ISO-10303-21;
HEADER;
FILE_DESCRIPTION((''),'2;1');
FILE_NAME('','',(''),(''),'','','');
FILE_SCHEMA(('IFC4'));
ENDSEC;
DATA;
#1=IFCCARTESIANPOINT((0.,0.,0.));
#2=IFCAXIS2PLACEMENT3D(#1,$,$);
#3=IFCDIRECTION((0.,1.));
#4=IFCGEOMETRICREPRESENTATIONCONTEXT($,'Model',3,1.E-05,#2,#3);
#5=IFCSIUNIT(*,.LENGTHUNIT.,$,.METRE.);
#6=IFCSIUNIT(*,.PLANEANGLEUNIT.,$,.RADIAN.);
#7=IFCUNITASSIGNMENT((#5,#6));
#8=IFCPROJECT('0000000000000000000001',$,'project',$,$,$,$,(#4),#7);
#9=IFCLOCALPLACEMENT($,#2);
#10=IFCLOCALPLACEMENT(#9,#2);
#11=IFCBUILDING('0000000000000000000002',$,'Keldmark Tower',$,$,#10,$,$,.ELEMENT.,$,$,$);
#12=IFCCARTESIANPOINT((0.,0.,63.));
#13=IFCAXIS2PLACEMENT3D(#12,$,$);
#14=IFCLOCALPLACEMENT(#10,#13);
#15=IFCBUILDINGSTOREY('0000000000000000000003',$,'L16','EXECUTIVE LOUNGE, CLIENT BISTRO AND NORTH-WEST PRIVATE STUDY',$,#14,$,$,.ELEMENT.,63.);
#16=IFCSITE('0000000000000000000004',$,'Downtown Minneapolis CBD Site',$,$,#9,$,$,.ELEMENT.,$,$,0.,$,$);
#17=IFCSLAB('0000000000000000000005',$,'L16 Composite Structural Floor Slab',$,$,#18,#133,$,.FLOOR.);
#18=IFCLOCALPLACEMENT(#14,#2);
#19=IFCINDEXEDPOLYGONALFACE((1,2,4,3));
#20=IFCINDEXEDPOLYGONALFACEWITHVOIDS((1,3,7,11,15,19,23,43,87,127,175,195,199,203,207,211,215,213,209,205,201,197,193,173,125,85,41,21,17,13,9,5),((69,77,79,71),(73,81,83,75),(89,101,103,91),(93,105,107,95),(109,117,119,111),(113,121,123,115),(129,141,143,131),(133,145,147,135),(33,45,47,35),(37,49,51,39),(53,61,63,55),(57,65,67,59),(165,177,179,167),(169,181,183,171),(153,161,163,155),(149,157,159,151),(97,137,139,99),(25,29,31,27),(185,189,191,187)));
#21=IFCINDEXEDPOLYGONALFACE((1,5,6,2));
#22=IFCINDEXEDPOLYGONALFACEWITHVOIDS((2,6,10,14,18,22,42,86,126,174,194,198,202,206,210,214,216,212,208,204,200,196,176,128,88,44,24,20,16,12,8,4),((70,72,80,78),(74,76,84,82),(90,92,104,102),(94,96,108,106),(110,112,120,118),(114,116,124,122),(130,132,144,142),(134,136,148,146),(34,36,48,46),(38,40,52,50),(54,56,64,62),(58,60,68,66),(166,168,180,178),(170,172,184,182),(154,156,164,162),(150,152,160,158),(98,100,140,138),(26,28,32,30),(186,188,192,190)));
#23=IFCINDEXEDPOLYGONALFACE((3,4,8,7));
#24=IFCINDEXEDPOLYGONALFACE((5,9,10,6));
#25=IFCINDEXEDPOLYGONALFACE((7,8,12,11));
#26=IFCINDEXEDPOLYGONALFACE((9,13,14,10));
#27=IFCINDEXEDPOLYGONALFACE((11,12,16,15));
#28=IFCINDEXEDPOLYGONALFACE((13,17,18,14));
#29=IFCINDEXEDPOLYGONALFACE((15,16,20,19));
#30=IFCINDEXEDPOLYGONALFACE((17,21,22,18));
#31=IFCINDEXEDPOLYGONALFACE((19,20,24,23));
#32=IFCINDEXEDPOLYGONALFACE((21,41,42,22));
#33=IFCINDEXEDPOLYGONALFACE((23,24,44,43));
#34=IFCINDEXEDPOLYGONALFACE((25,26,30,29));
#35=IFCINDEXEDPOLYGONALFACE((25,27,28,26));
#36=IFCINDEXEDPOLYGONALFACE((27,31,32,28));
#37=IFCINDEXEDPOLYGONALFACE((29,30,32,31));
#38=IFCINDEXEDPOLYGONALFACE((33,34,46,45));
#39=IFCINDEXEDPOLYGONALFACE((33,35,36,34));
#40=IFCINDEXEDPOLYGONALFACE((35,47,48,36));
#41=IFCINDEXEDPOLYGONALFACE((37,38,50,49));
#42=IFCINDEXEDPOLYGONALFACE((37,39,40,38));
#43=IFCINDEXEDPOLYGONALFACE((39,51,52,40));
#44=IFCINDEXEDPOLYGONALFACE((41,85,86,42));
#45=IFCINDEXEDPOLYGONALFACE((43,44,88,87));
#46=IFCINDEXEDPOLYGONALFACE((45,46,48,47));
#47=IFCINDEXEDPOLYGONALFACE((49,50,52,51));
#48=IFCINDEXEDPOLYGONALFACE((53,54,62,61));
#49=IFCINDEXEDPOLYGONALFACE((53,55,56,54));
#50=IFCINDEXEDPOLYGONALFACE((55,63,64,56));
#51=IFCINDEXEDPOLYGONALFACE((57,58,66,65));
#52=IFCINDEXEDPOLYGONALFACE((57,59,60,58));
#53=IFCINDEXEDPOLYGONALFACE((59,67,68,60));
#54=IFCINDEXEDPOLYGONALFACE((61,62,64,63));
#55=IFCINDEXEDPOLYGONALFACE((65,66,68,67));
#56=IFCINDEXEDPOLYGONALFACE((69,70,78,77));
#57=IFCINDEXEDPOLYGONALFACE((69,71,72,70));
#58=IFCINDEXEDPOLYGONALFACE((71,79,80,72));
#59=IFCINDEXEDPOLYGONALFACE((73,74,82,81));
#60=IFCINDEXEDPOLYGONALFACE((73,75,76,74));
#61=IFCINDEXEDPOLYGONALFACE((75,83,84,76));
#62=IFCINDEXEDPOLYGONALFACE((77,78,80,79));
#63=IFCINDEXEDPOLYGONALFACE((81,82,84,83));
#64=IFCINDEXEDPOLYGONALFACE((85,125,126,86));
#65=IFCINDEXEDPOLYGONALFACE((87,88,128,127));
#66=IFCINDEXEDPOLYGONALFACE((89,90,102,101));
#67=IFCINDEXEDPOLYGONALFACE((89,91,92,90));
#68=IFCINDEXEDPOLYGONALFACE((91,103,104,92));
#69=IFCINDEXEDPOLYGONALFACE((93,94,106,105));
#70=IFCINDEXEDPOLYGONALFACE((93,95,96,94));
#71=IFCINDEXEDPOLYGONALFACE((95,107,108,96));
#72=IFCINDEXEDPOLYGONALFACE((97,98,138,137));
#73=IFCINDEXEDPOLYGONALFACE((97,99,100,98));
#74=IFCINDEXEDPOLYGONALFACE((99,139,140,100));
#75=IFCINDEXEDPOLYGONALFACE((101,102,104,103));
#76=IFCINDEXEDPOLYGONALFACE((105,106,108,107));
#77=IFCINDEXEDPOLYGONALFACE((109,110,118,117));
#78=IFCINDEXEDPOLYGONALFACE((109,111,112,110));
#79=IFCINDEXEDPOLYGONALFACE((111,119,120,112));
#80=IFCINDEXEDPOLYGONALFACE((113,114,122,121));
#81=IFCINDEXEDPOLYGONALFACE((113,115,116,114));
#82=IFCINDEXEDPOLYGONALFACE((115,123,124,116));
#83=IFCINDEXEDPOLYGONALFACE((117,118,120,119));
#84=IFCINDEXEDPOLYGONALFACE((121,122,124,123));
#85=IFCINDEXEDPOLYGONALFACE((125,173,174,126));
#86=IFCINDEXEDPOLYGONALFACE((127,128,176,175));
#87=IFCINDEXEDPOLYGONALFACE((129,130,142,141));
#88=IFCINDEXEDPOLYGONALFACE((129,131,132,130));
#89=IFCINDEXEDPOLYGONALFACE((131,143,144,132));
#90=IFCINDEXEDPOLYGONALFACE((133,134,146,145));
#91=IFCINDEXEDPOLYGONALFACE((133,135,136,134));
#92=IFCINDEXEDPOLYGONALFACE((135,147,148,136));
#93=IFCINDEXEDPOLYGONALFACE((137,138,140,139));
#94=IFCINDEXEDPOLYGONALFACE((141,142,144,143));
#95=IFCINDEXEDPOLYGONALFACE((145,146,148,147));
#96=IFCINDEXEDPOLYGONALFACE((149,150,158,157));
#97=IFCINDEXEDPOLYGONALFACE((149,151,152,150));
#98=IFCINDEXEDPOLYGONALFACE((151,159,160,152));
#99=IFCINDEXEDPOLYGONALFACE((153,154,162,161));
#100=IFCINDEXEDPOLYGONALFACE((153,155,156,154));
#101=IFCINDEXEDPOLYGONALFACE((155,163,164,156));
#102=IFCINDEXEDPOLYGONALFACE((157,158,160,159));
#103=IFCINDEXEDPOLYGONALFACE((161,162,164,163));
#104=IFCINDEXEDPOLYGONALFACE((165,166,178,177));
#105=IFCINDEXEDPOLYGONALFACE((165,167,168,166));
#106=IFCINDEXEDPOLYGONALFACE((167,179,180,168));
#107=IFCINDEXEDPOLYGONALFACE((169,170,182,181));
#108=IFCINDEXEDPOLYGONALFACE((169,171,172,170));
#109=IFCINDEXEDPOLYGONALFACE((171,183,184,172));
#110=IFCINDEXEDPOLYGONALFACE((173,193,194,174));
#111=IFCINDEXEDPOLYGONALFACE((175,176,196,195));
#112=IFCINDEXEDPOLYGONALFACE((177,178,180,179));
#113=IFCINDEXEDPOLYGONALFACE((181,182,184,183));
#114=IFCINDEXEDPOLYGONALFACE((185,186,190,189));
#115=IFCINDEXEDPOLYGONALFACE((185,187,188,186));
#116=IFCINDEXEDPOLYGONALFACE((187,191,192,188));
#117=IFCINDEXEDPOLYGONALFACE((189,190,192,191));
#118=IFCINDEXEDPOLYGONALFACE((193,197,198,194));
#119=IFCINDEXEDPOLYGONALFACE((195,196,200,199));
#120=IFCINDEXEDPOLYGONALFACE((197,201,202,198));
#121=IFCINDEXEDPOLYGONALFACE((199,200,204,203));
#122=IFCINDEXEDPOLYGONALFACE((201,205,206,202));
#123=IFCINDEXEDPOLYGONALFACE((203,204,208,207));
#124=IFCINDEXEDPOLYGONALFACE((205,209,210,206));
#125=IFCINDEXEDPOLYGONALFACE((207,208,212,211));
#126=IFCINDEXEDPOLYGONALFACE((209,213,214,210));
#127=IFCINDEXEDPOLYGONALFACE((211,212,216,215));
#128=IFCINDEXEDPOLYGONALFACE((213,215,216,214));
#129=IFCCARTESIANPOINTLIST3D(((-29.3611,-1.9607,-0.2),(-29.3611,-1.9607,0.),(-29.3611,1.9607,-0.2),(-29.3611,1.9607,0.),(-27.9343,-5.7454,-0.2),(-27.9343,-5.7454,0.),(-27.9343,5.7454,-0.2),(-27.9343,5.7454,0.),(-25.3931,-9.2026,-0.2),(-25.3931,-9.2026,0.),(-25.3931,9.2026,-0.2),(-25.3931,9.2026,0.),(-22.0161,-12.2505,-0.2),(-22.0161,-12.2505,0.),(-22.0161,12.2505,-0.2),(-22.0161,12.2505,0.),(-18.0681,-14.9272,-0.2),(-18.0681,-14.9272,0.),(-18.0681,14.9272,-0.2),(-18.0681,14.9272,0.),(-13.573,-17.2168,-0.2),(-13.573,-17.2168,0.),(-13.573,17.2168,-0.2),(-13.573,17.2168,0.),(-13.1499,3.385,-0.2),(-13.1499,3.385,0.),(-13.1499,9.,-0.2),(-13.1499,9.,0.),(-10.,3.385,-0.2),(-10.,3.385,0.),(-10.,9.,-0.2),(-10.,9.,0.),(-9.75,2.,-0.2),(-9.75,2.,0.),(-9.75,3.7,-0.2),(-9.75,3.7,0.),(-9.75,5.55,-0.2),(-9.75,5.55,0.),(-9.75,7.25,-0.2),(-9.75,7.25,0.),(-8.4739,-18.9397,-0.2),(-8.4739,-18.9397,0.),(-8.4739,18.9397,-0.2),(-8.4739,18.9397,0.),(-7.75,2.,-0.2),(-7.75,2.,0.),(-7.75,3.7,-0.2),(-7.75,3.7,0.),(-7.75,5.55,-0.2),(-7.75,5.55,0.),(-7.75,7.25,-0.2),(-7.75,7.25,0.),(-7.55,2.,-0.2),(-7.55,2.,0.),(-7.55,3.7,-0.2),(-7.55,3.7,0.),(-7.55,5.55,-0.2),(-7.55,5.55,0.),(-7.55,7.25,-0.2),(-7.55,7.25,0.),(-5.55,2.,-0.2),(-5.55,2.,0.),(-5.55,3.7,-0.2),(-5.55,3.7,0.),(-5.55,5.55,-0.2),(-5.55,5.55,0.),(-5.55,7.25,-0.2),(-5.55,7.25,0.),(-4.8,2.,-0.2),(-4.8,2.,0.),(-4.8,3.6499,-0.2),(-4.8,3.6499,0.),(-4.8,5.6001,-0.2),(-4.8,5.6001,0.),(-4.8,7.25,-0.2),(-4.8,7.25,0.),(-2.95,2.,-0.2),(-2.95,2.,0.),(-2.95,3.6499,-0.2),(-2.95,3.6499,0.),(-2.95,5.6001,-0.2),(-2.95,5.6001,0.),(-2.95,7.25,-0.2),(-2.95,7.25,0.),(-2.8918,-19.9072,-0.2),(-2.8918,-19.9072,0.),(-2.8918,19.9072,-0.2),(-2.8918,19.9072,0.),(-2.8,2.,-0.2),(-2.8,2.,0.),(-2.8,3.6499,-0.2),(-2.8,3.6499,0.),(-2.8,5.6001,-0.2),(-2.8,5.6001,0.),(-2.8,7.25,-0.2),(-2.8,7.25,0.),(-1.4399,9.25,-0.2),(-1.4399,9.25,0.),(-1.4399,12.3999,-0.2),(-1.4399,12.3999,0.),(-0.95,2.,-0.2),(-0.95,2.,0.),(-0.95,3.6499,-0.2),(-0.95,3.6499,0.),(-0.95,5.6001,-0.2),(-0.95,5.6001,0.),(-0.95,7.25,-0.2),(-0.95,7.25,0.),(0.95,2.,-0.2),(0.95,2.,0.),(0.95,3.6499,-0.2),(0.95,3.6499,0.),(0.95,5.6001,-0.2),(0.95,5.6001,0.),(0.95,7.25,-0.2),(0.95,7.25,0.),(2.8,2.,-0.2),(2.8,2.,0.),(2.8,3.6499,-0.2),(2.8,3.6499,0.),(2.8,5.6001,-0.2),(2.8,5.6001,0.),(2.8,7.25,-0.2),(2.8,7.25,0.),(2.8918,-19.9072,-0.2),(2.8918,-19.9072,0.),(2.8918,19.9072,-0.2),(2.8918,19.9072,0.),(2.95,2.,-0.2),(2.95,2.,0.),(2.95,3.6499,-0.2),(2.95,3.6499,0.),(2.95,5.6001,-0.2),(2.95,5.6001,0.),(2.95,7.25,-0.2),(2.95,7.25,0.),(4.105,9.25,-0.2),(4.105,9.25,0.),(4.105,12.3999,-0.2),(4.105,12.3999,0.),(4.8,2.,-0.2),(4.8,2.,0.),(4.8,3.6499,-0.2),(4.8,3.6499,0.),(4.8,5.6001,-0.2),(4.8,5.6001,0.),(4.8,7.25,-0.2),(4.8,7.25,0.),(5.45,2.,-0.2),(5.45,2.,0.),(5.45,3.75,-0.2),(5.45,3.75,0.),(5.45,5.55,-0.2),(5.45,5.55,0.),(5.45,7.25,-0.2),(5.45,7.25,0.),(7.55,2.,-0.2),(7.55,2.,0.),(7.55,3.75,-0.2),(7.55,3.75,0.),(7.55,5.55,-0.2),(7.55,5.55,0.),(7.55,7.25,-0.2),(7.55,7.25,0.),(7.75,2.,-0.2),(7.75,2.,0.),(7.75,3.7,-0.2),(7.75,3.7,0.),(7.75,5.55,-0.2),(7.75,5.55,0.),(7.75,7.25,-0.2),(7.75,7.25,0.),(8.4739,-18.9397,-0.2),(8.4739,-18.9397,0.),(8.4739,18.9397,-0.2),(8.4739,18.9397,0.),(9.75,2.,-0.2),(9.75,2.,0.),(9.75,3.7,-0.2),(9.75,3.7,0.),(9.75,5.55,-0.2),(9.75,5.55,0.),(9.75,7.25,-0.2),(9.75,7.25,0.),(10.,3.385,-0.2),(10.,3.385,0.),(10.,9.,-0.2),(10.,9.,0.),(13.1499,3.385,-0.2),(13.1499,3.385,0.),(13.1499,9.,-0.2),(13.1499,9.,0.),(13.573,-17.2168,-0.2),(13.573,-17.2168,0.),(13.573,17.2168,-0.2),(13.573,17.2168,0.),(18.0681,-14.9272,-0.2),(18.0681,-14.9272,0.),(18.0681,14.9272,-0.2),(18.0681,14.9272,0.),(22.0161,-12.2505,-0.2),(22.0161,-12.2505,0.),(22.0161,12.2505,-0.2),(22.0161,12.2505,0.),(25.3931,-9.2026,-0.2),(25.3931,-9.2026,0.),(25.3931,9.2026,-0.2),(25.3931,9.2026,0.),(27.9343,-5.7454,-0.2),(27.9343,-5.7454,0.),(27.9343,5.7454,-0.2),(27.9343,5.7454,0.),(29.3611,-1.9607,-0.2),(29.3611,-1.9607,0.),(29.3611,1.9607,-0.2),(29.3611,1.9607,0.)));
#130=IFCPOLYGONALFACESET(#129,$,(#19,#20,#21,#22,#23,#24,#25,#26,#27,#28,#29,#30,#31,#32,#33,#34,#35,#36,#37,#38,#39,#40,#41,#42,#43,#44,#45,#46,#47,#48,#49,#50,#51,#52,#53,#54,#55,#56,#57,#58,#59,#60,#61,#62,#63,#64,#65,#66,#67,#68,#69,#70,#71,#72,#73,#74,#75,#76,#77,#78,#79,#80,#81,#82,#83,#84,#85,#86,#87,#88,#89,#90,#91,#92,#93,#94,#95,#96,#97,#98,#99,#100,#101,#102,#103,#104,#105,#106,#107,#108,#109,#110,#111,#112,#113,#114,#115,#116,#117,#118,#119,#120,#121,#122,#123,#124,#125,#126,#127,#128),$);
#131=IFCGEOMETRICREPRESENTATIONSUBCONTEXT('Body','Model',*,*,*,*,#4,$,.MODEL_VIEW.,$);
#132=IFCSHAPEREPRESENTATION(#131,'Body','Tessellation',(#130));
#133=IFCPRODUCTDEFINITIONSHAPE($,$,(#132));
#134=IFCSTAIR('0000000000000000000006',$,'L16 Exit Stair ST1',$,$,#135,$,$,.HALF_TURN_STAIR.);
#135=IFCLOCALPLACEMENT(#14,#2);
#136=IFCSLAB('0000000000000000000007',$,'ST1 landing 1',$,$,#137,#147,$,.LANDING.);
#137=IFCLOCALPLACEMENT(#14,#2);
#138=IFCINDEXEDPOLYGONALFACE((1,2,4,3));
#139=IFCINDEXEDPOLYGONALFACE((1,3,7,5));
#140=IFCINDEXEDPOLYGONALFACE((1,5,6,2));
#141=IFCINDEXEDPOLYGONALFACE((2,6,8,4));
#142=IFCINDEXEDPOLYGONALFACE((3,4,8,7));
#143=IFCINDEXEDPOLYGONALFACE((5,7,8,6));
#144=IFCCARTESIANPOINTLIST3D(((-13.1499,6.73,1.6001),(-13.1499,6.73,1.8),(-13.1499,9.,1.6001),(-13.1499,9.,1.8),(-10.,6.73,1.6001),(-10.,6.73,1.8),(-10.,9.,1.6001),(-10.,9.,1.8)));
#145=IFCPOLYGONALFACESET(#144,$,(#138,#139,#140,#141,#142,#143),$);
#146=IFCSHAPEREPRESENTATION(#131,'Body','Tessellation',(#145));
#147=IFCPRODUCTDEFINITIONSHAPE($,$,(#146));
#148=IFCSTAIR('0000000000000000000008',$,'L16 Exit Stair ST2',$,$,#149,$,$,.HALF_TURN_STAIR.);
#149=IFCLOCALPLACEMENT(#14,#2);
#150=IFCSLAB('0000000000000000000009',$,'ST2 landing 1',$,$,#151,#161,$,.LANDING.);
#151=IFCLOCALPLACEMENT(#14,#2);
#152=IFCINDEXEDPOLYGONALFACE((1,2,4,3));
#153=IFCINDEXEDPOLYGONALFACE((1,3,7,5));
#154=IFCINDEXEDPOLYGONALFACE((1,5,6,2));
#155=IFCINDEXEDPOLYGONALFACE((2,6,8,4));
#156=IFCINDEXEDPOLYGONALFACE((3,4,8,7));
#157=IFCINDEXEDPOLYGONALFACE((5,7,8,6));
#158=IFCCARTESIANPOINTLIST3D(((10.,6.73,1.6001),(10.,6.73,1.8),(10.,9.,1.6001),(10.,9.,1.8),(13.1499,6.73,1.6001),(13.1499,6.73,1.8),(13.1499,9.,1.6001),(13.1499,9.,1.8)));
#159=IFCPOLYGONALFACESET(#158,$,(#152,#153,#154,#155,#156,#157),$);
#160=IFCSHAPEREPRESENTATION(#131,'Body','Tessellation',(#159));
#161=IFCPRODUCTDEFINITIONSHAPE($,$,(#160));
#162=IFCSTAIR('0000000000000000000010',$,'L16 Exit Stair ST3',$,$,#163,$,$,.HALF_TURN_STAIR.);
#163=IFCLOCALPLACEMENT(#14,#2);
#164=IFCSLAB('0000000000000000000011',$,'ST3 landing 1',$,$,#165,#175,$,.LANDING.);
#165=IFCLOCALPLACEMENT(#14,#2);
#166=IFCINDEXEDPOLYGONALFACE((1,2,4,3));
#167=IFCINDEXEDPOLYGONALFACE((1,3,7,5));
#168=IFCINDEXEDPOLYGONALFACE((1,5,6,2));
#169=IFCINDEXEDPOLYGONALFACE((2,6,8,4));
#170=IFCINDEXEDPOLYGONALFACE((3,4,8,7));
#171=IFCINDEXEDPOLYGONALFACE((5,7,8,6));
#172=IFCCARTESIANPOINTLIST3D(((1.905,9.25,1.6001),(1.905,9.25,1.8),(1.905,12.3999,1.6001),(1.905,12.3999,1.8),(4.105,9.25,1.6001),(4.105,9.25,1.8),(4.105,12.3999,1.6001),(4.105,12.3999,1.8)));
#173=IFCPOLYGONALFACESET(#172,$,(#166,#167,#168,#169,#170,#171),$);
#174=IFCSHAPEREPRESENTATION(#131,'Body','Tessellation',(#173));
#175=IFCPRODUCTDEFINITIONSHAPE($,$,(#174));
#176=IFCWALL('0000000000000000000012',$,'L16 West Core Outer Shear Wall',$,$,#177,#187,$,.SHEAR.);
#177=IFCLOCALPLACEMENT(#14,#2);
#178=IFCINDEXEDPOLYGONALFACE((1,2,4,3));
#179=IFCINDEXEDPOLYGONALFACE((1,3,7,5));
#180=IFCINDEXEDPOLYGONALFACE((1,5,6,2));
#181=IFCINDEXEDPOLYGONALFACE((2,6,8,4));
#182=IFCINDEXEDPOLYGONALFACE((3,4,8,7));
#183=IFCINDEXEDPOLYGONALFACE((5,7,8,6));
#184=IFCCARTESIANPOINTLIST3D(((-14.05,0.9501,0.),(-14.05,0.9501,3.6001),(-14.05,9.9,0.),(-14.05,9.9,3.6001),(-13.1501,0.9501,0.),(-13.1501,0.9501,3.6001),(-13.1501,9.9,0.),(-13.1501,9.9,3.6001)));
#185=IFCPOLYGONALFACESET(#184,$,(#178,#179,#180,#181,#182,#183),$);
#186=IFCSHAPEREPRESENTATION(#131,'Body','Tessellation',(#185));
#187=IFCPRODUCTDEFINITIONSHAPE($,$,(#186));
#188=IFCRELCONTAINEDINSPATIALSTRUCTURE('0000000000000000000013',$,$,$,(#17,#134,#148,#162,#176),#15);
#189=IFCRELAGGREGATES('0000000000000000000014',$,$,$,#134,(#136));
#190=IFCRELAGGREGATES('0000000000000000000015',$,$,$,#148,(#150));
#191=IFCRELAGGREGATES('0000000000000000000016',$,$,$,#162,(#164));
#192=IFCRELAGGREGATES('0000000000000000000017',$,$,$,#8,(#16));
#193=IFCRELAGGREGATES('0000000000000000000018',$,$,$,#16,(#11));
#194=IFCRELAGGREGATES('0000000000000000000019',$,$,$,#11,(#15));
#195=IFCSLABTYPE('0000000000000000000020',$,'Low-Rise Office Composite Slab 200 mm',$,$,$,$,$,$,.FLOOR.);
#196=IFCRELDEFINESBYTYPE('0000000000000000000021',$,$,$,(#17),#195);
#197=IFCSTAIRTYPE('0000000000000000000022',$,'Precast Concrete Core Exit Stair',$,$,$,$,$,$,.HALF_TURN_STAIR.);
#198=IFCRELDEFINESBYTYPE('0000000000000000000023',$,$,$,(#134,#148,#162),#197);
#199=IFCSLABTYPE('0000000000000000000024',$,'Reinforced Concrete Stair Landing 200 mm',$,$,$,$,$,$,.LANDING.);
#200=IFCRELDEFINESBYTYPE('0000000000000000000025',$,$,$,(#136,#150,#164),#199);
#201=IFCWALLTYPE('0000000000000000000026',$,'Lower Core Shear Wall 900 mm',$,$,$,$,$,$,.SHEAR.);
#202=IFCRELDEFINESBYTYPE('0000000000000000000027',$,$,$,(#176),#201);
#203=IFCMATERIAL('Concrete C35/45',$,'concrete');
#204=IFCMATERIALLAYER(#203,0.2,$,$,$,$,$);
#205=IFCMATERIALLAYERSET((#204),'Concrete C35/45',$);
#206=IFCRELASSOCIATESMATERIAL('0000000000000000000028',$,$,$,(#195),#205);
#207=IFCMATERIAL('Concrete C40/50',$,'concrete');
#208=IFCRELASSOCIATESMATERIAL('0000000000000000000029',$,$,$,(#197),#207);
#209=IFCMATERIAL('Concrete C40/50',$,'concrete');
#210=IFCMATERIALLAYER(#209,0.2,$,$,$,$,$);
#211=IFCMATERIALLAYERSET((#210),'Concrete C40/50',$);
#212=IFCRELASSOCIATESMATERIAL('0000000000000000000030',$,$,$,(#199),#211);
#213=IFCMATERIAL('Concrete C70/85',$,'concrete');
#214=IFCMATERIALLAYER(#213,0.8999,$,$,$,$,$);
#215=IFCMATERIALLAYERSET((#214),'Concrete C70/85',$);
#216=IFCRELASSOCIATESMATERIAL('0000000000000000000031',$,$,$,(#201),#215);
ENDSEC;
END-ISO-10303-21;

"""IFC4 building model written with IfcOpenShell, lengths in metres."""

from ifc_helpers import new_model, si_unit, direction, frame, frame_2d, origin, place, context, subcontext, project, spatial, polyline, rectangle, outline, extrude, material, layer, layer_set, type_object, element, aggregate, save


model = new_model("IFC4")

# Units and contexts
model_context = context("Model", 3, precision=1e-05, world=origin(), true_north=direction((0.0, 1.0)))
body_context = subcontext(model_context, "Body", "Model", "MODEL_VIEW")
ifc_project = project(units=[si_unit("LENGTHUNIT", "METRE"), si_unit("PLANEANGLEUNIT", "RADIAN")], contexts=[model_context])

# Site, building, storey
site_placement = place(None, origin())
site = spatial("IfcSite", under=ifc_project, at=site_placement, Name="Downtown Minneapolis CBD Site", CompositionType="ELEMENT", RefElevation=0.0)
building_placement = place(site_placement, origin())
building = spatial("IfcBuilding", under=site, at=building_placement, Name="Keldmark Tower", CompositionType="ELEMENT")
storey_placement = place(building_placement, frame((0.0, 0.0, 63.0)))
storey = spatial("IfcBuildingStorey", under=building, at=storey_placement, Name="L16", Description="EXECUTIVE LOUNGE, CLIENT BISTRO AND NORTH-WEST PRIVATE STUDY", CompositionType="ELEMENT", Elevation=63.0)

# Slab
ifc_material_1 = material(Name="Concrete C35/45", Category="concrete")
ifc_layer_1 = layer(ifc_material_1, 0.2)
ifc_layer_set_1 = layer_set([ifc_layer_1], Name="Concrete C35/45")
slab_type_1 = type_object("IfcSlabType", Name="Low-Rise Office Composite Slab 200 mm", PredefinedType="FLOOR", material=ifc_layer_set_1)
slab_1_placement = place(storey_placement, frame((0.0, 0.0, -0.2)))
element("IfcSlab", 1, at=slab_1_placement, inside=storey, type_object=slab_type_1, Name="L16 Composite Structural Floor Slab", PredefinedType="FLOOR", context=body_context, shape_type="SweptSolid", body=[
    extrude(outline(polyline([(29.3611, 1.9607), (27.9343, 5.7454), (25.3931, 9.2026), (22.0161, 12.2505), (18.0681, 14.9272), (13.573, 17.2168), (8.4739, 18.9397), (2.8918, 19.9072), (-2.8918, 19.9072), (-8.4739, 18.9397), (-13.573, 17.2168), (-18.0681, 14.9272), (-22.0161, 12.2505), (-25.3931, 9.2026), (-27.9343, 5.7454), (-29.3611, 1.9607), (-29.3611, -1.9607), (-27.9343, -5.7454), (-25.3931, -9.2026), (-22.0161, -12.2505), (-18.0681, -14.9272), (-13.573, -17.2168), (-8.4739, -18.9397), (-2.8918, -19.9072), (2.8918, -19.9072), (8.4739, -18.9397), (13.573, -17.2168), (18.0681, -14.9272), (22.0161, -12.2505), (25.3931, -9.2026), (27.9343, -5.7454), (29.3611, -1.9607), (29.3611, 1.9607)]), holes=[polyline([(-10.0, 3.385), (-10.0, 9.0), (-13.1499, 9.0), (-13.1499, 3.385), (-10.0, 3.385)]), polyline([(13.1499, 3.385), (13.1499, 9.0), (10.0, 9.0), (10.0, 3.385), (13.1499, 3.385)]), polyline([(-1.4399, 9.25), (4.105, 9.25), (4.105, 12.3999), (-1.4399, 12.3999), (-1.4399, 9.25)]), polyline([(-9.75, 2.0), (-7.75, 2.0), (-7.75, 3.7), (-9.75, 3.7), (-9.75, 2.0)]), polyline([(7.75, 2.0), (9.75, 2.0), (9.75, 3.7), (7.75, 3.7), (7.75, 2.0)]), polyline([(5.45, 2.0), (7.55, 2.0), (7.55, 3.75), (5.45, 3.75), (5.45, 2.0)]), polyline([(-4.8, 2.0), (-2.95, 2.0), (-2.95, 3.6499), (-4.8, 3.6499), (-4.8, 2.0)]), polyline([(-2.8, 2.0), (-0.95, 2.0), (-0.95, 3.6499), (-2.8, 3.6499), (-2.8, 2.0)]), polyline([(0.95, 2.0), (2.8, 2.0), (2.8, 3.6499), (0.95, 3.6499), (0.95, 2.0)]), polyline([(2.95, 2.0), (4.8, 2.0), (4.8, 3.6499), (2.95, 3.6499), (2.95, 2.0)]), polyline([(-4.8, 5.6001), (-2.95, 5.6001), (-2.95, 7.25), (-4.8, 7.25), (-4.8, 5.6001)]), polyline([(-2.8, 5.6001), (-0.95, 5.6001), (-0.95, 7.25), (-2.8, 7.25), (-2.8, 5.6001)]), polyline([(0.95, 5.6001), (2.8, 5.6001), (2.8, 7.25), (0.95, 7.25), (0.95, 5.6001)]), polyline([(2.95, 5.6001), (4.8, 5.6001), (4.8, 7.25), (2.95, 7.25), (2.95, 5.6001)]), polyline([(-9.75, 5.55), (-7.75, 5.55), (-7.75, 7.25), (-9.75, 7.25), (-9.75, 5.55)]), polyline([(-7.55, 5.55), (-5.55, 5.55), (-5.55, 7.25), (-7.55, 7.25), (-7.55, 5.55)]), polyline([(-7.55, 2.0), (-5.55, 2.0), (-5.55, 3.7), (-7.55, 3.7), (-7.55, 2.0)]), polyline([(5.45, 5.55), (7.55, 5.55), (7.55, 7.25), (5.45, 7.25), (5.45, 5.55)]), polyline([(7.75, 5.55), (9.75, 5.55), (9.75, 7.25), (7.75, 7.25), (7.75, 5.55)])]), origin(), (0.0, 0.0, 1.0), 0.2),
])

# Stairs, slabs
ifc_material_2 = material(Name="Concrete C40/50", Category="concrete")
stair_type = type_object("IfcStairType", Name="Precast Concrete Core Exit Stair", PredefinedType="HALF_TURN_STAIR", material=ifc_material_2)
stair_1_placement = place(storey_placement, origin())
stair_1 = element("IfcStair", 2, at=stair_1_placement, inside=storey, type_object=stair_type, Name="L16 Exit Stair ST1", PredefinedType="HALF_TURN_STAIR")
ifc_material_3 = material(Name="Concrete C40/50", Category="concrete")
ifc_layer_2 = layer(ifc_material_3, 0.2)
ifc_layer_set_2 = layer_set([ifc_layer_2], Name="Concrete C40/50")
slab_type_2 = type_object("IfcSlabType", Name="Reinforced Concrete Stair Landing 200 mm", PredefinedType="LANDING", material=ifc_layer_set_2)
slab_2_placement = place(storey_placement, frame((0.0, 0.0, 1.6001)))
slab_2 = element("IfcSlab", 3, at=slab_2_placement, type_object=slab_type_2, Name="ST1 landing 1", PredefinedType="LANDING", context=body_context, shape_type="SweptSolid", body=[
    extrude(outline(polyline([(-10.0, 6.73), (-10.0, 9.0), (-13.1499, 9.0), (-13.1499, 6.73), (-10.0, 6.73)])), origin(), (0.0, 0.0, 1.0), 0.2),
])
aggregate(stair_1, [slab_2])
stair_2_placement = place(storey_placement, origin())
stair_2 = element("IfcStair", 4, at=stair_2_placement, inside=storey, type_object=stair_type, Name="L16 Exit Stair ST2", PredefinedType="HALF_TURN_STAIR")
slab_3_placement = place(storey_placement, frame((0.0, 0.0, 1.6001)))
slab_3 = element("IfcSlab", 5, at=slab_3_placement, type_object=slab_type_2, Name="ST2 landing 1", PredefinedType="LANDING", context=body_context, shape_type="SweptSolid", body=[
    extrude(outline(polyline([(13.1499, 6.73), (13.1499, 9.0), (10.0, 9.0), (10.0, 6.73), (13.1499, 6.73)])), origin(), (0.0, 0.0, 1.0), 0.2),
])
aggregate(stair_2, [slab_3])
stair_3_placement = place(storey_placement, origin())
stair_3 = element("IfcStair", 6, at=stair_3_placement, inside=storey, type_object=stair_type, Name="L16 Exit Stair ST3", PredefinedType="HALF_TURN_STAIR")
slab_4_placement = place(storey_placement, frame((0.0, 0.0, 1.6001)))
slab_4 = element("IfcSlab", 7, at=slab_4_placement, type_object=slab_type_2, Name="ST3 landing 1", PredefinedType="LANDING", context=body_context, shape_type="SweptSolid", body=[
    extrude(outline(polyline([(1.905, 9.25), (4.105, 9.25), (4.105, 12.3999), (1.905, 12.3999), (1.905, 9.25)])), origin(), (0.0, 0.0, 1.0), 0.2),
])
aggregate(stair_3, [slab_4])

# Wall
ifc_material_4 = material(Name="Concrete C70/85", Category="concrete")
ifc_layer_3 = layer(ifc_material_4, 0.8999)
ifc_layer_set_3 = layer_set([ifc_layer_3], Name="Concrete C70/85")
wall_type_1 = type_object("IfcWallType", Name="Lower Core Shear Wall 900 mm", PredefinedType="SHEAR", material=ifc_layer_set_3)
wall_1_placement = place(storey_placement, frame((-13.6001, 0.95, 0.0), z_axis=(0.0, 0.0, 1.0), x_axis=(0.0, 1.0, 0.0)))
element("IfcWall", 8, at=wall_1_placement, inside=storey, type_object=wall_type_1, Name="L16 West Core Outer Shear Wall", PredefinedType="SHEAR", context=body_context, shape_type="SweptSolid", body=[
    extrude(rectangle(XDim=8.95, YDim=0.8999, at=frame_2d((4.4751, 0.0))), origin(), (0.0, 0.0, 1.0), 3.6001),
])

save(model, "model.ifc")
